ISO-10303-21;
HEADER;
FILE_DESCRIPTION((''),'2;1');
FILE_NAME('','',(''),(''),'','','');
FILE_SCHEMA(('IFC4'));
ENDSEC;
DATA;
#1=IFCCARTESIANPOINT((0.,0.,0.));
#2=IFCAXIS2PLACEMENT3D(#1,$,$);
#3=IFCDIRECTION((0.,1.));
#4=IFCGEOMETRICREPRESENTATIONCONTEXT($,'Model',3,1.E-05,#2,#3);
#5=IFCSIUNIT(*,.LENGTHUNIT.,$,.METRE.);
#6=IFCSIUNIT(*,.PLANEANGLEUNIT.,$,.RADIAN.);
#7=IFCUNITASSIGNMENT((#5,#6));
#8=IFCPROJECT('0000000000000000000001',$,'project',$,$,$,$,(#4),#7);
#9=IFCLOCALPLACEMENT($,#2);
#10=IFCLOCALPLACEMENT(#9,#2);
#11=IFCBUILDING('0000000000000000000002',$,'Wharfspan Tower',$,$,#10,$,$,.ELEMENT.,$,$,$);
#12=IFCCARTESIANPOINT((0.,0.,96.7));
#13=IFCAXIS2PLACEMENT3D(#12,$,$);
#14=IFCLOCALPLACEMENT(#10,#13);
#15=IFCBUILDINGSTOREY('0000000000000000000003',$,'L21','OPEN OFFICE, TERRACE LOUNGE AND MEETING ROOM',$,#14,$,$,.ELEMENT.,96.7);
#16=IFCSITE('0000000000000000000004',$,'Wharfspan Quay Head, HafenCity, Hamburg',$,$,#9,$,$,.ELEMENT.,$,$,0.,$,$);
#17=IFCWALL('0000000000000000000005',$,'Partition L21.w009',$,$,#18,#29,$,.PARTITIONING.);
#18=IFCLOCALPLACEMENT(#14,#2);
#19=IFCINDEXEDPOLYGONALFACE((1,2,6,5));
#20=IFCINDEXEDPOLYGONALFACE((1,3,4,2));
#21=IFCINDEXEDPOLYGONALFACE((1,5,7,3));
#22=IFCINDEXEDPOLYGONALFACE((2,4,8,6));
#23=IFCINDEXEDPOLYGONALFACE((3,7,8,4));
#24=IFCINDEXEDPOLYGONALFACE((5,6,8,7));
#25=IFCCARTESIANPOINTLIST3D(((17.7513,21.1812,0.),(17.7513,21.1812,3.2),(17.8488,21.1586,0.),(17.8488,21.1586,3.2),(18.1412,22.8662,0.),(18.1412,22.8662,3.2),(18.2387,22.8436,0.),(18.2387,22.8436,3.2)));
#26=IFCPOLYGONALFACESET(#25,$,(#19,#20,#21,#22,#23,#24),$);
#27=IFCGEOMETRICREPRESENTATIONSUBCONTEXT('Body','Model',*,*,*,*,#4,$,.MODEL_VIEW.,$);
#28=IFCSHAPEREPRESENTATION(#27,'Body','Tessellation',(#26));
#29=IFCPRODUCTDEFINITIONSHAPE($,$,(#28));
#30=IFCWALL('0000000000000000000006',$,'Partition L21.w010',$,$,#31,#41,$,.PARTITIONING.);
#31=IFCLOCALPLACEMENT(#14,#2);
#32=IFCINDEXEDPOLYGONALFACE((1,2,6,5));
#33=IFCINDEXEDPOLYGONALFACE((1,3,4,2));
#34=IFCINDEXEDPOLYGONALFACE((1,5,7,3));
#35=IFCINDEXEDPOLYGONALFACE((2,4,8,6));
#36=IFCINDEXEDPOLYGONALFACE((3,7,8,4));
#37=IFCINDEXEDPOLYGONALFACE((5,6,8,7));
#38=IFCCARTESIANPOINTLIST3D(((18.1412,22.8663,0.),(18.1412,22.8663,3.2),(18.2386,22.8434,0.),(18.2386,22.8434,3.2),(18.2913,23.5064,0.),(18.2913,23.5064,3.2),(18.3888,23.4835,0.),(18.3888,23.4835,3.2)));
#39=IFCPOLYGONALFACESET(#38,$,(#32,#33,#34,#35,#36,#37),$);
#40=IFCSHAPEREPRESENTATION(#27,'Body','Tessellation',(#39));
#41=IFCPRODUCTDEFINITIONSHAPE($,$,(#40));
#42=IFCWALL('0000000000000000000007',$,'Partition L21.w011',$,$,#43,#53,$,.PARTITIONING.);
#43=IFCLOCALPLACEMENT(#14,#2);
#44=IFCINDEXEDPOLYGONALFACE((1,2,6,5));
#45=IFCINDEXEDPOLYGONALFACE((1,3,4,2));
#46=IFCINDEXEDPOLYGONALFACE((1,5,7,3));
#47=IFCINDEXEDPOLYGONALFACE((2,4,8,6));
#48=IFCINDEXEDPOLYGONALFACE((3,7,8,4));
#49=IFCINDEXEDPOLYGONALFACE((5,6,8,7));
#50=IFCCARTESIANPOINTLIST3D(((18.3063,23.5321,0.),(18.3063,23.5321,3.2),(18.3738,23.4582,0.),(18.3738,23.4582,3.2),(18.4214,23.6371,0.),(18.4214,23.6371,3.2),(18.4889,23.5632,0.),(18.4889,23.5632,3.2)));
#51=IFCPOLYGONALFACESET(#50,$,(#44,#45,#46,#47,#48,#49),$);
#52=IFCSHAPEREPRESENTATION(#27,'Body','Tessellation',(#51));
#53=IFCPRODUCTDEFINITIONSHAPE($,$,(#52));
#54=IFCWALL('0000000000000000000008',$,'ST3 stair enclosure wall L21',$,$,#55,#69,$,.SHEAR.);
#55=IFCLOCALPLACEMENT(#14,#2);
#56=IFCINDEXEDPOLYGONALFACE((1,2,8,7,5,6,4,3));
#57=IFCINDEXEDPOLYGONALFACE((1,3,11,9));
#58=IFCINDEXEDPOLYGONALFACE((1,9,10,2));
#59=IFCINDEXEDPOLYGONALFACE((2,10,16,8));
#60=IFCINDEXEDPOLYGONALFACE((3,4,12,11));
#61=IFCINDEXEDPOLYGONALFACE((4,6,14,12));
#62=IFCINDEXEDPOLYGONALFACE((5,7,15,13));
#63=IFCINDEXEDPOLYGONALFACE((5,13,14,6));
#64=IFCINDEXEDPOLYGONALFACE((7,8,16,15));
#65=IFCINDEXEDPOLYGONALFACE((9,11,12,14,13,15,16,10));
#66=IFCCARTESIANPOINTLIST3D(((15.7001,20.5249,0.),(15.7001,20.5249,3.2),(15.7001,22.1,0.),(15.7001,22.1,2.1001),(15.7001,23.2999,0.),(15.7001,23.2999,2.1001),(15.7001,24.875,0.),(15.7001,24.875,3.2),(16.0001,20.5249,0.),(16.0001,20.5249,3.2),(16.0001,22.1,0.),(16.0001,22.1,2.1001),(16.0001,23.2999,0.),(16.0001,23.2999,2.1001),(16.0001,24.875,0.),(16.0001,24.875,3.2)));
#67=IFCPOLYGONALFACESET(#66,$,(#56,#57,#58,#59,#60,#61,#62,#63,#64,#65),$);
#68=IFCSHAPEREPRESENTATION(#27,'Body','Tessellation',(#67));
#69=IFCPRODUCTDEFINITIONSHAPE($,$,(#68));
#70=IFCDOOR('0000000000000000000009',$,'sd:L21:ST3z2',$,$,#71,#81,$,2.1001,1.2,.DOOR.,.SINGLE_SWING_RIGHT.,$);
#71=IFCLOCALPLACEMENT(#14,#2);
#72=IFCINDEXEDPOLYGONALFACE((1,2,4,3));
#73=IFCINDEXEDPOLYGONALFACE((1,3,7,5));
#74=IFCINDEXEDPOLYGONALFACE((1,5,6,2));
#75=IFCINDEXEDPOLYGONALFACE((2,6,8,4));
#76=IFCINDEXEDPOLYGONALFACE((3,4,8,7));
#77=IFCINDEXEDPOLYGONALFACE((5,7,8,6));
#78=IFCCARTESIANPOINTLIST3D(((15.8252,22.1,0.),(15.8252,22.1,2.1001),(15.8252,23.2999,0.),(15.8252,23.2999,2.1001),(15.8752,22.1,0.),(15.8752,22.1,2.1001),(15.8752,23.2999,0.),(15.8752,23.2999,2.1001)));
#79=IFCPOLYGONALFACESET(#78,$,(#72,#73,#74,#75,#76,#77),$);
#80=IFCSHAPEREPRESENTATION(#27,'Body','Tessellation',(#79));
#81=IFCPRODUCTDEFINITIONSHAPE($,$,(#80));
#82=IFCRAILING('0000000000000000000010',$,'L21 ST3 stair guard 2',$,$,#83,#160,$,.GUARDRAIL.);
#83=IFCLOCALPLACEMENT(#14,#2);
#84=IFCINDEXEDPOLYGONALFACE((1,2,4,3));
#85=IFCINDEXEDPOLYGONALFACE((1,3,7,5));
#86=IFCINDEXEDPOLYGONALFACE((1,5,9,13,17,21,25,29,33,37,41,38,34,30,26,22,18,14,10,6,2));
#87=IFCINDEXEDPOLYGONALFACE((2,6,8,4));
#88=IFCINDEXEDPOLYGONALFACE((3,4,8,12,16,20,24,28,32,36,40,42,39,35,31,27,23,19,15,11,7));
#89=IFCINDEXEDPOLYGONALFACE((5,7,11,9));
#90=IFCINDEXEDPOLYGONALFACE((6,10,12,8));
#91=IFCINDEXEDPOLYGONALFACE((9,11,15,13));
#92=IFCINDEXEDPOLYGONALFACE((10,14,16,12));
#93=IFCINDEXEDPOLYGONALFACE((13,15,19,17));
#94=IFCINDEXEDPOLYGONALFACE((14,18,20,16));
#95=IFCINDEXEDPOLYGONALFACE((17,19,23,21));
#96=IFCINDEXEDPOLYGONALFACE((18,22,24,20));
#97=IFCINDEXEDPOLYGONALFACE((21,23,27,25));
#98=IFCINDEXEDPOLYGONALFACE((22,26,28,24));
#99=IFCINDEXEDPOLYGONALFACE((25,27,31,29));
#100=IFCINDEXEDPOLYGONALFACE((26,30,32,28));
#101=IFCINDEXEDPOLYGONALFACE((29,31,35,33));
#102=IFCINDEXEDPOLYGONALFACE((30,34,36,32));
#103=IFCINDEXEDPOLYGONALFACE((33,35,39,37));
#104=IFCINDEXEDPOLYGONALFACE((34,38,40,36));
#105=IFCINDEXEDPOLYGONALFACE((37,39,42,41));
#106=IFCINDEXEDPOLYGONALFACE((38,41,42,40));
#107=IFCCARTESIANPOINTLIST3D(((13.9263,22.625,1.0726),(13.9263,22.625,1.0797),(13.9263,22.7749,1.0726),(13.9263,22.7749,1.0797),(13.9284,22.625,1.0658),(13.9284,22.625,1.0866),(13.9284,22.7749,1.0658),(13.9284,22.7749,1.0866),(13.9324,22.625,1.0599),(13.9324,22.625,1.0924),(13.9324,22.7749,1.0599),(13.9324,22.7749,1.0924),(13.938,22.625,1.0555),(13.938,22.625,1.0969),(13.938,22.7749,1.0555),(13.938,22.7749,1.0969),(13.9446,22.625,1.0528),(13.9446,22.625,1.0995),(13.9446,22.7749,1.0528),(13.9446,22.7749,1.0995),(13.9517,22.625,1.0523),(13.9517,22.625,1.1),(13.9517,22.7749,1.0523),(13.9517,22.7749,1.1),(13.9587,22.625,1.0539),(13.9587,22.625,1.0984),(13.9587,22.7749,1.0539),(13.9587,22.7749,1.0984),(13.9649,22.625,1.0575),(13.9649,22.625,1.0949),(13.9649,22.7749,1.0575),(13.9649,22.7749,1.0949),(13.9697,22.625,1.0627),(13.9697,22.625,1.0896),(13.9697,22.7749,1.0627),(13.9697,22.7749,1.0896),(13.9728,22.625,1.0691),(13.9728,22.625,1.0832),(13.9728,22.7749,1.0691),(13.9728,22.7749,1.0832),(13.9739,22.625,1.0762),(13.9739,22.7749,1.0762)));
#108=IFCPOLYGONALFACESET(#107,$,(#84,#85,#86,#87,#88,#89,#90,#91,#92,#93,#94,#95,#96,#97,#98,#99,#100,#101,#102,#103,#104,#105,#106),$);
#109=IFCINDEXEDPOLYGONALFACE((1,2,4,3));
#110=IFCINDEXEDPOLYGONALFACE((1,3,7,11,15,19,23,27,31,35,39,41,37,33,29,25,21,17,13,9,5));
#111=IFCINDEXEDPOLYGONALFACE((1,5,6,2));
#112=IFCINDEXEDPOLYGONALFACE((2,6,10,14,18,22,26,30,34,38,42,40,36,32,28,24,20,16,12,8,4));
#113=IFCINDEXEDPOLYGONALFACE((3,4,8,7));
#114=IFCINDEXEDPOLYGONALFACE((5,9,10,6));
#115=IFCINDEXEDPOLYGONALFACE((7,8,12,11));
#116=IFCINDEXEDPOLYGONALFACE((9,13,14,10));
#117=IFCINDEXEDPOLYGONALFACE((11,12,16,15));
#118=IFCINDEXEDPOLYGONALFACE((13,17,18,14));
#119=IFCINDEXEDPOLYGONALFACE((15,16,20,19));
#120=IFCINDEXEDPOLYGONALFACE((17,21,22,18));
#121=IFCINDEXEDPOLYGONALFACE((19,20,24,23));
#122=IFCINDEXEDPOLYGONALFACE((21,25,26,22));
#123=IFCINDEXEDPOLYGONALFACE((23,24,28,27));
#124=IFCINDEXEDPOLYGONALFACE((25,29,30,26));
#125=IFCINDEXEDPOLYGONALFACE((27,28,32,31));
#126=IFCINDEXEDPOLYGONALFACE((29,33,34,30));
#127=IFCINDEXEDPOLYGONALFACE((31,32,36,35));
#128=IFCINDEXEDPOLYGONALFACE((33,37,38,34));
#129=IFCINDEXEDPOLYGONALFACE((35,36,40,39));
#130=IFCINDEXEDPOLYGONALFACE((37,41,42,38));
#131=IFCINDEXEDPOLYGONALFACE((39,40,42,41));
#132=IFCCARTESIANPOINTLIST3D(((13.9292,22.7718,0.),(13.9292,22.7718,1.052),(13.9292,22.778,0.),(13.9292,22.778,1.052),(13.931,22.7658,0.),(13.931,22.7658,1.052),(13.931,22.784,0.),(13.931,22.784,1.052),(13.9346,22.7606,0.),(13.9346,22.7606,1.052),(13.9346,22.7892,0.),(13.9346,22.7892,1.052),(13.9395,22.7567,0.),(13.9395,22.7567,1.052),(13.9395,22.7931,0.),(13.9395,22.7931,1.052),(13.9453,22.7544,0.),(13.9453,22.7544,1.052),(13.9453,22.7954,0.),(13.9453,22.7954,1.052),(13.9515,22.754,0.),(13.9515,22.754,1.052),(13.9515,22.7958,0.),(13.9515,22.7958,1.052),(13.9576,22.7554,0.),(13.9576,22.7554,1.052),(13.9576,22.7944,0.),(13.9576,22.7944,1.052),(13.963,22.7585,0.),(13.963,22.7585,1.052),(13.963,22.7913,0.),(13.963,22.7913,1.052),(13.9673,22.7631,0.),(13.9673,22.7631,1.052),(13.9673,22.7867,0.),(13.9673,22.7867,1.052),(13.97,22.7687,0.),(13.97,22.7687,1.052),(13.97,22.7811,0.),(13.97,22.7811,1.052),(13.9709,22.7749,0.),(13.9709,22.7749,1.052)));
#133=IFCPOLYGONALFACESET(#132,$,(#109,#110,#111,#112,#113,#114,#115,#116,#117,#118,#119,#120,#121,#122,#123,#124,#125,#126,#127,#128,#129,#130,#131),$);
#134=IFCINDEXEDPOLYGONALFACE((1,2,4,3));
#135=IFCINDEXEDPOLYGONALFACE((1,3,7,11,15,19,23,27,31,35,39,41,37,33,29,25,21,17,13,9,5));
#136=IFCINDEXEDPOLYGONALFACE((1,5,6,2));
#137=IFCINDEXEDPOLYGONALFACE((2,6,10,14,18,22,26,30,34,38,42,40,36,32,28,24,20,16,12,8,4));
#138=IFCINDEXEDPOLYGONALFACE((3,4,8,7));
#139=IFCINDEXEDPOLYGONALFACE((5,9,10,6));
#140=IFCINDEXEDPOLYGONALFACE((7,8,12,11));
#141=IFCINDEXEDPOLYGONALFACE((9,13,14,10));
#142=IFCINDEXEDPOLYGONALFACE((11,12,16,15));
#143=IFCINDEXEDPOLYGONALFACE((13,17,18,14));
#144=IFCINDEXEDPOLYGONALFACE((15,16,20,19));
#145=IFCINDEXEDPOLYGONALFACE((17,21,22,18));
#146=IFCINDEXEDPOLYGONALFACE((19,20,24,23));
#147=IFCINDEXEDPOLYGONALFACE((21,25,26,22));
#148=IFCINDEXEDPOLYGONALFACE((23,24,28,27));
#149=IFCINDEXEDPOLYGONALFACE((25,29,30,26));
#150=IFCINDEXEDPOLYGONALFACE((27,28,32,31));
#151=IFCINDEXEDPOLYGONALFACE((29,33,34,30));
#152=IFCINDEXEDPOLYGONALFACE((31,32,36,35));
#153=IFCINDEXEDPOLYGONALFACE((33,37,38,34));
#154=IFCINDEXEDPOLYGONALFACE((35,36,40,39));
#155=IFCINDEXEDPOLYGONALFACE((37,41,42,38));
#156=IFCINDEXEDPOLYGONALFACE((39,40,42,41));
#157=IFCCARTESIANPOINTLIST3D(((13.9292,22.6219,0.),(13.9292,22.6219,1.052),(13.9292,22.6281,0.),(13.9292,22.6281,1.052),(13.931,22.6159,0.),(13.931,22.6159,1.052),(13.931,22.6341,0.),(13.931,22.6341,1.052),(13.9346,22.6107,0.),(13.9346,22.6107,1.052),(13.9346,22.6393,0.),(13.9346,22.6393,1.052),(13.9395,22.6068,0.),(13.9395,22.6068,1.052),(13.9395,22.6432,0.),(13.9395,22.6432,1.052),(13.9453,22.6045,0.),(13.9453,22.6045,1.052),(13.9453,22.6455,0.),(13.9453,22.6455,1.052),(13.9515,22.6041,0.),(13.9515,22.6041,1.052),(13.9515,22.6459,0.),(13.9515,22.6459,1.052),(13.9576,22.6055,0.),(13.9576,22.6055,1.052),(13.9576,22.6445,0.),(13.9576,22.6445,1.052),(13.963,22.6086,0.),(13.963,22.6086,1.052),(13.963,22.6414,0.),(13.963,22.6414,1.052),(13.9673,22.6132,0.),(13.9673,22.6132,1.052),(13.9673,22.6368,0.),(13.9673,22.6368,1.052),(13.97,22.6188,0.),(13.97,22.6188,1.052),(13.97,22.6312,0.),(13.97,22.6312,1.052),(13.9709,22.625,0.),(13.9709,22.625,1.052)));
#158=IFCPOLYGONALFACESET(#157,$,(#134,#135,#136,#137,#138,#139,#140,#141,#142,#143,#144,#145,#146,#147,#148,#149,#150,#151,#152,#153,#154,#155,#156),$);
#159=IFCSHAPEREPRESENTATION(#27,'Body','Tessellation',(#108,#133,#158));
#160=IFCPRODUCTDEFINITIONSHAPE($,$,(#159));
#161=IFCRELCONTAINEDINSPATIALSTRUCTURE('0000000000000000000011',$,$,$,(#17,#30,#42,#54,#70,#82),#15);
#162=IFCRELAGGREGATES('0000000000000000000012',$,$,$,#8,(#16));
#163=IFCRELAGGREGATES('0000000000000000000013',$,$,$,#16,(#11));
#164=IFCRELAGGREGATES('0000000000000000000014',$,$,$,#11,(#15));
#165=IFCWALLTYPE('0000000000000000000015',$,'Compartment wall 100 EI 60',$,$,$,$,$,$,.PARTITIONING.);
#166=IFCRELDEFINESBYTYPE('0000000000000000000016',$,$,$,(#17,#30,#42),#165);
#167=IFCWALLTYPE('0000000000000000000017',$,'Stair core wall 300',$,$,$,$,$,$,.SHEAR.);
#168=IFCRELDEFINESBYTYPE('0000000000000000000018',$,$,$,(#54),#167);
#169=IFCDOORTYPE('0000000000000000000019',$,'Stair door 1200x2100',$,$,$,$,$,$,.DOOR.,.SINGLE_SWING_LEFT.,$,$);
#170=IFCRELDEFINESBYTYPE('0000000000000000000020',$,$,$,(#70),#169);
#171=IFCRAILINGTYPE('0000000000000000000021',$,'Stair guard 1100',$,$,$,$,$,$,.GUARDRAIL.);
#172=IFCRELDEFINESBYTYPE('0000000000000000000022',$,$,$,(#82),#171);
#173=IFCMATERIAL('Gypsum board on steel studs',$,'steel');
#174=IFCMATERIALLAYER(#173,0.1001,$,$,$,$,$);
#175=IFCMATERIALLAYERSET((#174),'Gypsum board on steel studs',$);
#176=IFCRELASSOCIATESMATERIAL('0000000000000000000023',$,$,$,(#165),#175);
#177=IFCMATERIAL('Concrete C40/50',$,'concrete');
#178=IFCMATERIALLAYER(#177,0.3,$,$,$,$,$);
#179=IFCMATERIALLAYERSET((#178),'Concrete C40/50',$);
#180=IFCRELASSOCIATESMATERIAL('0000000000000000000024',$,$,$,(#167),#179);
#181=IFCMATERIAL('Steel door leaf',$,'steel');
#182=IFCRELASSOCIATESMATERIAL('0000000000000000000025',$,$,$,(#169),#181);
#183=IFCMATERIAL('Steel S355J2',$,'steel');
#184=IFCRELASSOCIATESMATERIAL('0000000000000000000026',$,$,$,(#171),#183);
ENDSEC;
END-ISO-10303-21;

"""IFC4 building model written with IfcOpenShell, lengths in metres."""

from ifc_helpers import new_model, si_unit, direction, frame, frame_2d, origin, origin_2d, place, context, subcontext, project, spatial, rectangle, circle, extrude, material, layer, layer_set, type_object, element, fill, save


model = new_model("IFC4")

# Units and contexts
model_context = context("Model", 3, precision=1e-05, world=origin(), true_north=direction((0.0, 1.0)))
body_context = subcontext(model_context, "Body", "Model", "MODEL_VIEW")
ifc_project = project(units=[si_unit("LENGTHUNIT", "METRE"), si_unit("PLANEANGLEUNIT", "RADIAN")], contexts=[model_context])

# Site, building, storey
site_placement = place(None, origin())
site = spatial("IfcSite", under=ifc_project, at=site_placement, Name="Wharfspan Quay Head, HafenCity, Hamburg", CompositionType="ELEMENT", RefElevation=0.0)
building_placement = place(site_placement, origin())
building = spatial("IfcBuilding", under=site, at=building_placement, Name="Wharfspan Tower", CompositionType="ELEMENT")
storey_placement = place(building_placement, frame((0.0, 0.0, 96.7)))
storey = spatial("IfcBuildingStorey", under=building, at=storey_placement, Name="L21", Description="OPEN OFFICE, TERRACE LOUNGE AND MEETING ROOM", CompositionType="ELEMENT", Elevation=96.7)

# Walls
ifc_material_1 = material(Name="Gypsum board on steel studs", Category="steel")
ifc_layer_1 = layer(ifc_material_1, 0.1001)
ifc_layer_set_1 = layer_set([ifc_layer_1], Name="Gypsum board on steel studs")
wall_type_1 = type_object("IfcWallType", Name="Compartment wall 100 EI 60", PredefinedType="PARTITIONING", material=ifc_layer_set_1)
wall_1_placement = place(storey_placement, frame((17.8, 21.1699, 0.0), z_axis=(0.0, 0.0, 1.0), x_axis=(0.225426, 0.974258, 0.0)))
element("IfcWall", 1, at=wall_1_placement, inside=storey, type_object=wall_type_1, Name="Partition L21.w009", PredefinedType="PARTITIONING", context=body_context, shape_type="SweptSolid", body=[
    extrude(rectangle(XDim=1.7295, YDim=0.1001, at=frame_2d((0.8647, 0.0))), origin(), (0.0, 0.0, 1.0), 3.2),
])
wall_2_placement = place(storey_placement, frame((18.1899, 22.855, 0.0), z_axis=(0.0, 0.0, 1.0), x_axis=(0.228356, 0.973576, 0.0)))
element("IfcWall", 2, at=wall_2_placement, inside=storey, type_object=wall_type_1, Name="Partition L21.w010", PredefinedType="PARTITIONING", context=body_context, shape_type="SweptSolid", body=[
    extrude(rectangle(XDim=0.6575, YDim=0.1001, at=frame_2d((0.3286, 0.0))), origin(), (0.0, 0.0, 1.0), 3.2),
])
wall_3_placement = place(storey_placement, frame((18.3401, 23.4951, 0.0), z_axis=(0.0, 0.0, 1.0), x_axis=(0.738517, 0.67423, 0.0)))
element("IfcWall", 3, at=wall_3_placement, inside=storey, type_object=wall_type_1, Name="Partition L21.w011", PredefinedType="PARTITIONING", context=body_context, shape_type="SweptSolid", body=[
    extrude(rectangle(XDim=0.1558, YDim=0.1001, at=frame_2d((0.0779, 0.0))), origin(), (0.0, 0.0, 1.0), 3.2),
])

# Wall, opening, door
ifc_material_2 = material(Name="Concrete C40/50", Category="concrete")
ifc_layer_2 = layer(ifc_material_2, 0.3)
ifc_layer_set_2 = layer_set([ifc_layer_2], Name="Concrete C40/50")
wall_type_2 = type_object("IfcWallType", Name="Stair core wall 300", PredefinedType="SHEAR", material=ifc_layer_set_2)
wall_4_placement = place(storey_placement, frame((15.8501, 20.5249, 0.0), z_axis=(0.0, 0.0, 1.0), x_axis=(0.0, 1.0, 0.0)))
wall_4 = element("IfcWall", 4, at=wall_4_placement, inside=storey, type_object=wall_type_2, Name="ST3 stair enclosure wall L21", PredefinedType="SHEAR", context=body_context, shape_type="SweptSolid", body=[
    extrude(rectangle(XDim=4.3501, YDim=0.3, at=frame_2d((2.175, 0.0))), origin(), (0.0, 0.0, 1.0), 3.2),
])
opening_placement = place(wall_4_placement, frame((1.575, 0.0, 0.0)))
opening = element("IfcOpeningElement", 5, at=opening_placement, cuts=wall_4, PredefinedType="OPENING", context=body_context, shape_type="SweptSolid", body=[
    extrude(rectangle(XDim=1.2, YDim=2.1001, at=frame_2d((0.6001, 1.05))), frame((0.0, 0.1599, 0.0), z_axis=(0.0, -1.0, 0.0), x_axis=(1.0, 0.0, 0.0)), (0.0, 0.0, 1.0), 0.3201),
])
ifc_material_3 = material(Name="Steel door leaf", Category="steel")
door_type = type_object("IfcDoorType", Name="Stair door 1200x2100", OperationType="SINGLE_SWING_LEFT", PredefinedType="DOOR", material=ifc_material_3)
door_placement = place(opening_placement, origin())
door = element("IfcDoor", 6, at=door_placement, inside=storey, type_object=door_type, Name="sd:L21:ST3z2", OperationType="SINGLE_SWING_RIGHT", OverallHeight=2.1001, OverallWidth=1.2, PredefinedType="DOOR", context=body_context, shape_type="SweptSolid", body=[
    extrude(rectangle(XDim=1.2, YDim=2.1001, at=frame_2d((0.6001, 1.05))), frame((0.0, 0.0249, 0.0), z_axis=(0.0, -1.0, 0.0), x_axis=(1.0, 0.0, 0.0)), (0.0, 0.0, 1.0), 0.05),
])
fill(opening, door)

# Railing
ifc_material_4 = material(Name="Steel S355J2", Category="steel")
railing_type = type_object("IfcRailingType", Name="Stair guard 1100", PredefinedType="GUARDRAIL", material=ifc_material_4)
railing_1_placement = place(storey_placement, frame((13.95, 22.7749, 0.0)))
element("IfcRailing", 7, at=railing_1_placement, inside=storey, type_object=railing_type, Name="L21 ST3 stair guard 2", PredefinedType="GUARDRAIL", context=body_context, shape_type="SweptSolid", body=[
    extrude(circle(Radius=0.0239, at=origin_2d()), frame((0.0, 0.0, 1.0762), z_axis=(0.0, -1.0, 0.0), x_axis=(1.0, 0.0, 0.0)), (0.0, 0.0, 1.0), 0.1499),
    extrude(circle(Radius=0.021, at=origin_2d()), origin(), (0.0, 0.0, 1.0), 1.052),
    extrude(circle(Radius=0.021, at=origin_2d()), frame((0.0, -0.1499, 0.0)), (0.0, 0.0, 1.0), 1.052),
])

save(model, "model.ifc")
